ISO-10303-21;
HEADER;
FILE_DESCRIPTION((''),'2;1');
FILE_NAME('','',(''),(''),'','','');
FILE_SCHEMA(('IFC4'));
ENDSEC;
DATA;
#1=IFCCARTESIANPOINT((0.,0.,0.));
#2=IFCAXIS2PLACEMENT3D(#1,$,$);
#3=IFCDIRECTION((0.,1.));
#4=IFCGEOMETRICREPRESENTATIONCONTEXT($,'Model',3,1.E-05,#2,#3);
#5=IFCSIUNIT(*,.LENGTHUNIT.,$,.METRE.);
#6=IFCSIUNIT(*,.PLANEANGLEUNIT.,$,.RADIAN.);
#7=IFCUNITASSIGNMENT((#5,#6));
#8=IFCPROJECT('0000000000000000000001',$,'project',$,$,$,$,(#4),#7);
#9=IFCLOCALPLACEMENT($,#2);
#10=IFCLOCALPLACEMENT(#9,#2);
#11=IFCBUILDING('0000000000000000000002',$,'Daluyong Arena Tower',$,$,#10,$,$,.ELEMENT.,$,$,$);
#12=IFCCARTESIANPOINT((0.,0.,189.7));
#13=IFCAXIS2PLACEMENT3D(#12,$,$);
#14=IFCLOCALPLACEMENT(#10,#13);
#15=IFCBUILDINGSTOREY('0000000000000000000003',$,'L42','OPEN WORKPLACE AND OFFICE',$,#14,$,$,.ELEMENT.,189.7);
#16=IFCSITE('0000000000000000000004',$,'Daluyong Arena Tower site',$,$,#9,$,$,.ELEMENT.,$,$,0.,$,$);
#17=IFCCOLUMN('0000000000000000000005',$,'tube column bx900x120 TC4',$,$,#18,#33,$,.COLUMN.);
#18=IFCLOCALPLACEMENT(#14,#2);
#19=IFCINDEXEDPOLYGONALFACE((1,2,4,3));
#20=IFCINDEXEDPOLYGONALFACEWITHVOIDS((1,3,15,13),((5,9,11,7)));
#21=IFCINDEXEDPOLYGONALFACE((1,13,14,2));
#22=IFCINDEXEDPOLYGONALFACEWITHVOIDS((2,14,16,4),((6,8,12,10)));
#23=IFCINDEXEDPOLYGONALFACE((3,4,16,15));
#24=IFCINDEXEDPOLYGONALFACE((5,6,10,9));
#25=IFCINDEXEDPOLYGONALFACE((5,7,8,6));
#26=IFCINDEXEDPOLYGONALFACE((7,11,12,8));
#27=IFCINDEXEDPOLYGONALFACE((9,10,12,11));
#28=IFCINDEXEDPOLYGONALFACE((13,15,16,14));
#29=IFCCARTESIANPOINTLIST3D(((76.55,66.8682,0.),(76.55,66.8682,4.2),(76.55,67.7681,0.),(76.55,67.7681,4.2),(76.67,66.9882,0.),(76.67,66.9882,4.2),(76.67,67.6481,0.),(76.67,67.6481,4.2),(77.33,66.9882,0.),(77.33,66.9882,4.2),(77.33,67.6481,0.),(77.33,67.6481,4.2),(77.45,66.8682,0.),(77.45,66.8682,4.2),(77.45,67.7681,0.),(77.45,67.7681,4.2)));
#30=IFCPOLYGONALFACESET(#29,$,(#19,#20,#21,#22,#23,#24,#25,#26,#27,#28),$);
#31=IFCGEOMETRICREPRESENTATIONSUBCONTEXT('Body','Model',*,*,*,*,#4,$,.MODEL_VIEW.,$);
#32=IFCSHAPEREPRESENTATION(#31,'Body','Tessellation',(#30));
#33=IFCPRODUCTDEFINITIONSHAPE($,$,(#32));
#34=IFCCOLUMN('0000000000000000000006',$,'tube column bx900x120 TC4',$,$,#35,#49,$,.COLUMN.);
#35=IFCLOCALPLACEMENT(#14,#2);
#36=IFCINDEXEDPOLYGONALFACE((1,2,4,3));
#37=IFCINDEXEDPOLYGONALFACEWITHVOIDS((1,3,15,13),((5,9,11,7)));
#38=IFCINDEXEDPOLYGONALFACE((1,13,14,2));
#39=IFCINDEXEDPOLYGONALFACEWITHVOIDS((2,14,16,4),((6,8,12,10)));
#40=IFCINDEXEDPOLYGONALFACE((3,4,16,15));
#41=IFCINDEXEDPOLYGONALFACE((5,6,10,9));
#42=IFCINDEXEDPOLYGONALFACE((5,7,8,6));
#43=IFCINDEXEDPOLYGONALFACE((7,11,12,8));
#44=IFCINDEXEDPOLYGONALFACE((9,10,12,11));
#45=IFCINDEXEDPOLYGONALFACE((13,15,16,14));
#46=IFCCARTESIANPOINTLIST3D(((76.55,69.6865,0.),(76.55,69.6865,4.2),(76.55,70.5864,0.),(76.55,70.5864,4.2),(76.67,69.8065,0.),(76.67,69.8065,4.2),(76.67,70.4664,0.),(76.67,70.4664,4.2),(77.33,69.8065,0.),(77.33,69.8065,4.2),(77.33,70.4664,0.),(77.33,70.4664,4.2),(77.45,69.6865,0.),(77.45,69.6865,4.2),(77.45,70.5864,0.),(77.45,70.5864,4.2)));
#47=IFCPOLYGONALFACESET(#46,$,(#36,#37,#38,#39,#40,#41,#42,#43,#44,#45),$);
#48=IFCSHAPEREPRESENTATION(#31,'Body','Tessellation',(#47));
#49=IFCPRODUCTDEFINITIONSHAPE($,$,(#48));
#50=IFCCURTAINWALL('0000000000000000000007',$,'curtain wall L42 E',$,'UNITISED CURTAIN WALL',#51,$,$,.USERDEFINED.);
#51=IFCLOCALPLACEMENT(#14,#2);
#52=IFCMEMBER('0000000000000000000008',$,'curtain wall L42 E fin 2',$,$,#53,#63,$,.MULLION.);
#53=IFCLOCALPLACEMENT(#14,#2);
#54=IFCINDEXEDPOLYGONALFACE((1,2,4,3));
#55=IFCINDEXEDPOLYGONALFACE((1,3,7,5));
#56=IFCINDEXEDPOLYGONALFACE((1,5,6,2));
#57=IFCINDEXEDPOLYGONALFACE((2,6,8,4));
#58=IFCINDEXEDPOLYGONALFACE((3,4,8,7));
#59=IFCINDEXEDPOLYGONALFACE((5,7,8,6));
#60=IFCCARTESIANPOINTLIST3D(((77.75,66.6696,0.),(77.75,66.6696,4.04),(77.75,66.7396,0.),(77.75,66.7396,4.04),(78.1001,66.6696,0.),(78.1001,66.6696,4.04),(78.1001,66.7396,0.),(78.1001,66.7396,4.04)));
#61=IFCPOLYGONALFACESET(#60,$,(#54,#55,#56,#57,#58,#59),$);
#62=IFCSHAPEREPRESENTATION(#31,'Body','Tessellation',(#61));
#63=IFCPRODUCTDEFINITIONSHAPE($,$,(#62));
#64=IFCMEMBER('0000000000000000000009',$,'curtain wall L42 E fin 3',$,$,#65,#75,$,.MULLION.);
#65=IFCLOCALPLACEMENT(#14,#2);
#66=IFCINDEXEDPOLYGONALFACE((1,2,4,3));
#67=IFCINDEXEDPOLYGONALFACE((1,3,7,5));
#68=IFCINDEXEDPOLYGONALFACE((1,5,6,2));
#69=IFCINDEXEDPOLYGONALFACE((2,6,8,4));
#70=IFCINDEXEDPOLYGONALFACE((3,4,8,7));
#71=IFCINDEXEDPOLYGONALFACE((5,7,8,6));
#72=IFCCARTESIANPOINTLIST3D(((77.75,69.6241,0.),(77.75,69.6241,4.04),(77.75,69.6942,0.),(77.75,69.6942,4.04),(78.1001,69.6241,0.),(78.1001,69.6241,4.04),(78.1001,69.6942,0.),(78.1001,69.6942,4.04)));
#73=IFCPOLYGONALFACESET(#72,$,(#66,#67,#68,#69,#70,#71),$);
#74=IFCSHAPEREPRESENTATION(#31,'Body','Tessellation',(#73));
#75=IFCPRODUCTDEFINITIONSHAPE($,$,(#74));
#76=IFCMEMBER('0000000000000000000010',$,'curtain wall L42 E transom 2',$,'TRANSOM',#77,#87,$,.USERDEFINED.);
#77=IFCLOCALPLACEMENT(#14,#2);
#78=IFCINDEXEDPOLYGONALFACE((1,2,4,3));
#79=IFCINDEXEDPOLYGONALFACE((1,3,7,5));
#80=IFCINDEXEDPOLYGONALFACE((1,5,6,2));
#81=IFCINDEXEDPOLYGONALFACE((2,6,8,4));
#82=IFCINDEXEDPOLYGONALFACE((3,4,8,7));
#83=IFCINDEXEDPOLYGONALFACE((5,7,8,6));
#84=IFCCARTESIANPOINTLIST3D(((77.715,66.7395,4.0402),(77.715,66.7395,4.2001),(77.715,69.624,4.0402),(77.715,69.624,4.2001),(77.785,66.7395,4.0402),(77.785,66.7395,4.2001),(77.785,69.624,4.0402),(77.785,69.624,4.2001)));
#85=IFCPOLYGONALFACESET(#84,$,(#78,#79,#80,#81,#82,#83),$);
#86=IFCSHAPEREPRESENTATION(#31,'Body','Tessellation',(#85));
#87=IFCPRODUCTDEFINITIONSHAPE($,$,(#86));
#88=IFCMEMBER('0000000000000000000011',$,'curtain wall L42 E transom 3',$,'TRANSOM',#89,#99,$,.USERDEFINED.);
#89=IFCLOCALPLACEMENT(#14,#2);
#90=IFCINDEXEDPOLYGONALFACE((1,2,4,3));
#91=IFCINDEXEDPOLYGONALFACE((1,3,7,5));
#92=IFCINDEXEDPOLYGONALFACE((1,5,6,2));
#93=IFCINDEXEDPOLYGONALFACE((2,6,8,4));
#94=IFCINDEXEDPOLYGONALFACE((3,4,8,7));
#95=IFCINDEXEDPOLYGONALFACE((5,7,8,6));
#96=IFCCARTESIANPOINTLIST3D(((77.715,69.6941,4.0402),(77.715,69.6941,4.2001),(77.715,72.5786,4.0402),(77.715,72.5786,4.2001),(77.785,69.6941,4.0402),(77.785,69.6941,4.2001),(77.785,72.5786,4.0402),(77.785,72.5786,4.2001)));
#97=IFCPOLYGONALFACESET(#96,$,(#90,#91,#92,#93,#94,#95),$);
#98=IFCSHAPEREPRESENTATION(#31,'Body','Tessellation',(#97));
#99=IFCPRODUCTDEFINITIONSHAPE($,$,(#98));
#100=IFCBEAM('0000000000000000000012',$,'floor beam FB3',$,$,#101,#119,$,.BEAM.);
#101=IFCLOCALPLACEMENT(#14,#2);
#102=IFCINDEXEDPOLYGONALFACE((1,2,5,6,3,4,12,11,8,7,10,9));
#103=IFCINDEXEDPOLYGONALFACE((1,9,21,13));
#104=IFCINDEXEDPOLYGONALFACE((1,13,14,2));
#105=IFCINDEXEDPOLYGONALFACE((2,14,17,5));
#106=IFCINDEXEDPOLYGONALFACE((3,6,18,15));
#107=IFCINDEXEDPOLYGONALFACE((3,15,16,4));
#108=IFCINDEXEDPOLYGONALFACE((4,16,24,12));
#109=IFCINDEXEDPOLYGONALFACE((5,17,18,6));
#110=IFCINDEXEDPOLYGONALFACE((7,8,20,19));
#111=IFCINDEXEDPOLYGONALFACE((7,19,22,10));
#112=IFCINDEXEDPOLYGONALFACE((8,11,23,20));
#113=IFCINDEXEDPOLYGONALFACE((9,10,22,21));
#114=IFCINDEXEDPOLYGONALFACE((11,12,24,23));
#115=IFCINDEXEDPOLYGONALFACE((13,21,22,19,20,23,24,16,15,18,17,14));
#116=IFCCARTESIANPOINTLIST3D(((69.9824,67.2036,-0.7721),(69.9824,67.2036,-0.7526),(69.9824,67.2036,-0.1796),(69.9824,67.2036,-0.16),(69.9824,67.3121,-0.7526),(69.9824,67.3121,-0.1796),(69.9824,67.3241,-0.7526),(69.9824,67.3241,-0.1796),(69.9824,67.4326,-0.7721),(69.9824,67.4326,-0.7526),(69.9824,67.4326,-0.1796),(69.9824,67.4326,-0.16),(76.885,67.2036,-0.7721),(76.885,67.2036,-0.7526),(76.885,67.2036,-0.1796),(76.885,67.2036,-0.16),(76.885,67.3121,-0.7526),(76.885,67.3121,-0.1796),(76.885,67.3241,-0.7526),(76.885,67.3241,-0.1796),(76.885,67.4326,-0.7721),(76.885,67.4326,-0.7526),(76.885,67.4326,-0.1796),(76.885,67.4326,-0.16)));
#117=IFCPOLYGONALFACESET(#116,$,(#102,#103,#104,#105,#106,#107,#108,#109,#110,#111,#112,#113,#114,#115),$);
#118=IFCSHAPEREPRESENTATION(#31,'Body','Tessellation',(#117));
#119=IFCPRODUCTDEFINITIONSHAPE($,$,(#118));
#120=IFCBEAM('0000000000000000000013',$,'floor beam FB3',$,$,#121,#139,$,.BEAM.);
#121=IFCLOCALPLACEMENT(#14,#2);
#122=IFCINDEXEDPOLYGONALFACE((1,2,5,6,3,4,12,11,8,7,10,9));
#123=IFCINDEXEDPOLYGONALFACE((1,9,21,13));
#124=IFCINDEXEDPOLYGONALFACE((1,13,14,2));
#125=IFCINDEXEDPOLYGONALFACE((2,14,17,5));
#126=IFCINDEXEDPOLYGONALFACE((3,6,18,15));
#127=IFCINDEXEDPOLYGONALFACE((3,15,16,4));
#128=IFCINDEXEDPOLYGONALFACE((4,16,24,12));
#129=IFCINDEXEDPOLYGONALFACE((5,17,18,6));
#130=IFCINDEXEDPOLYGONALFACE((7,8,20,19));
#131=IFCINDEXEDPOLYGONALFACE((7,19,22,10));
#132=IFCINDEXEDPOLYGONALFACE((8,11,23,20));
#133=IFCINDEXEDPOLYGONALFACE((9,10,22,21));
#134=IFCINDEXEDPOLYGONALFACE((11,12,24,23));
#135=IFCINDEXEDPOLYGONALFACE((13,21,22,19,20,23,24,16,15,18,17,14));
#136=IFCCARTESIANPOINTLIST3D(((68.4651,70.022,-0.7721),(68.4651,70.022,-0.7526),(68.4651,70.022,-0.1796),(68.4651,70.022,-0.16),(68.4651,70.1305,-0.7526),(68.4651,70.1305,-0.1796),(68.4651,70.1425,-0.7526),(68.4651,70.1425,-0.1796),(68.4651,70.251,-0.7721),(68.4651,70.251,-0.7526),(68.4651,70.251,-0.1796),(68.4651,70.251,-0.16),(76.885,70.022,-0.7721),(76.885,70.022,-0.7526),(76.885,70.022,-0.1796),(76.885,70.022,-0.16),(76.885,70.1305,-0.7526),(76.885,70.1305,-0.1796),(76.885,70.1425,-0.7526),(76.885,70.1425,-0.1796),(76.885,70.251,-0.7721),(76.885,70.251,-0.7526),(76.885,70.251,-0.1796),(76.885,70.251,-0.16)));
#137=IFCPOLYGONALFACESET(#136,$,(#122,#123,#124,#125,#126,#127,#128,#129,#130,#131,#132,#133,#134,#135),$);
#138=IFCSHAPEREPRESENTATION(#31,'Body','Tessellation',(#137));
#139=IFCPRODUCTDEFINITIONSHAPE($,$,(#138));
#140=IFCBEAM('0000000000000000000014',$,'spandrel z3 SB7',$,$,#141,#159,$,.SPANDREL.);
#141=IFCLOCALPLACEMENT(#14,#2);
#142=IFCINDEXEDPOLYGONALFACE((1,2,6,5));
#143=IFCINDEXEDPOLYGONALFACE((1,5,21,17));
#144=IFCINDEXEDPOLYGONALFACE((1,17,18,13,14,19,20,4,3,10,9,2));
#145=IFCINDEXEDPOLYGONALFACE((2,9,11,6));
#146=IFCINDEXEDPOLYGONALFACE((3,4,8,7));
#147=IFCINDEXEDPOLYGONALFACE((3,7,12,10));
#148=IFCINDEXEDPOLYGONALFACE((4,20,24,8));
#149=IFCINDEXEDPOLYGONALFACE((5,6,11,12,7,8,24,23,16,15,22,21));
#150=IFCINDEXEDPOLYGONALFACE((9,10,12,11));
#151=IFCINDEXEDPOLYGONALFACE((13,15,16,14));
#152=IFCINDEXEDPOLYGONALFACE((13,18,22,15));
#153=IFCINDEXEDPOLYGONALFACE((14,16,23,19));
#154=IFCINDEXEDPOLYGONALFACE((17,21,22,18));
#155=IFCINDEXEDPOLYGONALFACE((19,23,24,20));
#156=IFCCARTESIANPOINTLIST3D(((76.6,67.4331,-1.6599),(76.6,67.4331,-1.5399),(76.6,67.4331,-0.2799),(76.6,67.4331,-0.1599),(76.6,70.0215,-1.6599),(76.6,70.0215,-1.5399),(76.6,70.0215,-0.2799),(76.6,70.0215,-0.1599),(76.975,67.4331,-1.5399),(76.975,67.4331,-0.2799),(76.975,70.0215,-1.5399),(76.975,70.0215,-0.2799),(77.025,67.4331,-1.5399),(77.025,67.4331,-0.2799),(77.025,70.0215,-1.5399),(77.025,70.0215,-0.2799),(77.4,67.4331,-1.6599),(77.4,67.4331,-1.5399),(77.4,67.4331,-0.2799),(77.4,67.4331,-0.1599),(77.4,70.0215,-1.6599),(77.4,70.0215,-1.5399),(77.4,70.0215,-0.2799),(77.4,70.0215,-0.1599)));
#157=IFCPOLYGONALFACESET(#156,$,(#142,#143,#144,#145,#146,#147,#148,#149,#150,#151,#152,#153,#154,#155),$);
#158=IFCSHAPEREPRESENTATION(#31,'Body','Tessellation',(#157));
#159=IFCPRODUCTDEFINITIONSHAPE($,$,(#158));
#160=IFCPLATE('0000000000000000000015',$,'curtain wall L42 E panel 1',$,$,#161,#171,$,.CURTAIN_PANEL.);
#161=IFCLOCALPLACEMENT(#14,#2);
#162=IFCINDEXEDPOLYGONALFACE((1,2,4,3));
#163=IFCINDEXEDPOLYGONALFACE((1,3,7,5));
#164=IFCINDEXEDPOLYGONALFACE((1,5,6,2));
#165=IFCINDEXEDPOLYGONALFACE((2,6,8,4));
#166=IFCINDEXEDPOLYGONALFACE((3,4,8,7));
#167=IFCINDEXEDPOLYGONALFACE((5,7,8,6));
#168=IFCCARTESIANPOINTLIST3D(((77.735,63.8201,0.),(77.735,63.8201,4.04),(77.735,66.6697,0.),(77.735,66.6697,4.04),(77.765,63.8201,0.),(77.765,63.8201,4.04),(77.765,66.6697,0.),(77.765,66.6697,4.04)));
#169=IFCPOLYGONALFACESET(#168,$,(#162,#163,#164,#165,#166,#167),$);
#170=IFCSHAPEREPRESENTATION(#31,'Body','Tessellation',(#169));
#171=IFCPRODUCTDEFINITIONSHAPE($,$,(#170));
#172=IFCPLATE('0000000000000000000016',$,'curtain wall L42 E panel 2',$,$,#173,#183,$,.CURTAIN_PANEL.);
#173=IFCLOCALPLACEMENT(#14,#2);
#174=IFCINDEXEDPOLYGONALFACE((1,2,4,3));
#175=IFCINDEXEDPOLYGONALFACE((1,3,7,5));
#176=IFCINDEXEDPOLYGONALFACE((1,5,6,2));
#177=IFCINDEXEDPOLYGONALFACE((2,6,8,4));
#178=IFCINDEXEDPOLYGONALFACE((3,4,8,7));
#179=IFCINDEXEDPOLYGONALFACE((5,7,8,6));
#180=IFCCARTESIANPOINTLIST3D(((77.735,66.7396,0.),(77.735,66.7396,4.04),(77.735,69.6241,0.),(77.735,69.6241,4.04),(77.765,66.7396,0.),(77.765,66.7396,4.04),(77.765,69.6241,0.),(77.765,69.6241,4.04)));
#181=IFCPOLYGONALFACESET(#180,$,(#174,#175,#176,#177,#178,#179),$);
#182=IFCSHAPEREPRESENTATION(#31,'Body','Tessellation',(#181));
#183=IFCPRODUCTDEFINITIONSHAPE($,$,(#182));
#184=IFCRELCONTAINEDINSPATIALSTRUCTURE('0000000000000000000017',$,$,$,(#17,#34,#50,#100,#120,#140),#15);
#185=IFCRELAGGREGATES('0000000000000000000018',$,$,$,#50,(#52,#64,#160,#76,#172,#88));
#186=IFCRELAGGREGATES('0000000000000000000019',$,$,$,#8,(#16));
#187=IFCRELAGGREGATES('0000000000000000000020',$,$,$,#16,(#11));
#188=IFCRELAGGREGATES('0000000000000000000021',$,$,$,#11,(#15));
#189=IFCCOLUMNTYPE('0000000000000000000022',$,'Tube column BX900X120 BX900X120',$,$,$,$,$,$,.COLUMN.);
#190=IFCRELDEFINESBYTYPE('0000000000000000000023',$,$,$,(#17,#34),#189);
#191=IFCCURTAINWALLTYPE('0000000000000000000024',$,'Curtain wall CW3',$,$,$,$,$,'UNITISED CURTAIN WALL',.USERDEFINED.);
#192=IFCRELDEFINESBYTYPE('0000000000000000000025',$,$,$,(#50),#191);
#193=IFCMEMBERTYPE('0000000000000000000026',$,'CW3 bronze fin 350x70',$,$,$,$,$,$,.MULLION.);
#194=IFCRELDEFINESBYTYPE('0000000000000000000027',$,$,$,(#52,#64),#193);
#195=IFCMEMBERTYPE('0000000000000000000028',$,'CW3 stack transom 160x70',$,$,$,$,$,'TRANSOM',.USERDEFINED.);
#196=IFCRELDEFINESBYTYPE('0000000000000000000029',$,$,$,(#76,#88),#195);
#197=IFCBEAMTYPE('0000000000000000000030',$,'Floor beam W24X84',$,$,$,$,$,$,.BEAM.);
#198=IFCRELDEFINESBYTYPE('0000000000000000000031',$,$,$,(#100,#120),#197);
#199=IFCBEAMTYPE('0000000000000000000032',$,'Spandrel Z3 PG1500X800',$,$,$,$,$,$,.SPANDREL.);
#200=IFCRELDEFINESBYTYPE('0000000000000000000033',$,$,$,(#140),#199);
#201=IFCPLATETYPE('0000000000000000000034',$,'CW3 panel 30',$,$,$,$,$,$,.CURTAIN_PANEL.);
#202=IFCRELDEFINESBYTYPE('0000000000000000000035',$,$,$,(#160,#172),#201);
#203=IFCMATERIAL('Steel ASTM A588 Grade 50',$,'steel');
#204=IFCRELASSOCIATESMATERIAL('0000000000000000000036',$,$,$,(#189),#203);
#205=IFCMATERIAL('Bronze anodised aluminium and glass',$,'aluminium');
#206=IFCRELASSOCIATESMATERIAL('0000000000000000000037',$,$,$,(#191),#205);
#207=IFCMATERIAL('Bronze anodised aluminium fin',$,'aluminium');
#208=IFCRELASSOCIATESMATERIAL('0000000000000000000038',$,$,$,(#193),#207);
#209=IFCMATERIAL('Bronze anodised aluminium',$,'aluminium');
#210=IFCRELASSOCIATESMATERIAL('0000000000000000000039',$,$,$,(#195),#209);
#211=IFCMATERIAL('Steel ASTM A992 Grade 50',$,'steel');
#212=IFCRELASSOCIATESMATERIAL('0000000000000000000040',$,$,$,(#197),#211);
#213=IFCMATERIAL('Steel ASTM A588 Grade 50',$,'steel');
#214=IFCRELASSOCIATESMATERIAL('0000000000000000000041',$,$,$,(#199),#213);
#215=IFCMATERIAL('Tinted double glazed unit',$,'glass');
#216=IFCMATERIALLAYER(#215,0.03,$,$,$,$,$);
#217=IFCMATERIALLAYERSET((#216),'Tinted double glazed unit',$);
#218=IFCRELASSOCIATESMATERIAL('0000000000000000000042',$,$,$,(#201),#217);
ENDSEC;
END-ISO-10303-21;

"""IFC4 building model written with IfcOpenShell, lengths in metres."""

from ifc_helpers import new_model, si_unit, direction, frame, origin, origin_2d, place, context, subcontext, project, spatial, rectangle, hollow_rectangle, i_section, extrude, material, layer, layer_set, material_profile, profile_set, type_object, element, aggregate, save


model = new_model("IFC4")

# Units and contexts
model_context = context("Model", 3, precision=1e-05, world=origin(), true_north=direction((0.0, 1.0)))
body_context = subcontext(model_context, "Body", "Model", "MODEL_VIEW")
ifc_project = project(units=[si_unit("LENGTHUNIT", "METRE"), si_unit("PLANEANGLEUNIT", "RADIAN")], contexts=[model_context])

# Site, building, storey
site_placement = place(None, origin())
site = spatial("IfcSite", under=ifc_project, at=site_placement, Name="Daluyong Arena Tower site", CompositionType="ELEMENT", RefElevation=0.0)
building_placement = place(site_placement, origin())
building = spatial("IfcBuilding", under=site, at=building_placement, Name="Daluyong Arena Tower", CompositionType="ELEMENT")
storey_placement = place(building_placement, frame((0.0, 0.0, 189.7)))
storey = spatial("IfcBuildingStorey", under=building, at=storey_placement, Name="L42", Description="OPEN WORKPLACE AND OFFICE", CompositionType="ELEMENT", Elevation=189.7)

# Columns
ifc_material_1 = material(Name="Steel ASTM A588 Grade 50", Category="steel")
ifc_material_profile_1 = material_profile(ifc_material_1, hollow_rectangle(XDim=0.8999, YDim=0.8999, WallThickness=0.12, at=origin_2d()))
ifc_profile_set_1 = profile_set([ifc_material_profile_1], Name="Steel ASTM A588 Grade 50")
column_type = type_object("IfcColumnType", Name="Tube column BX900X120 BX900X120", PredefinedType="COLUMN", material=ifc_profile_set_1)
for number, where, z_axis, x_axis, name in (
    (1, (77.0, 67.3181, 0.0), (0.0, 0.0, 1.0), (0.0, 1.0, 0.0), "tube column bx900x120 TC4"),
    (2, (77.0, 70.1365, 0.0), (0.0, 0.0, 1.0), (0.0, 1.0, 0.0), "tube column bx900x120 TC4"),
):
    element("IfcColumn", number, at=place(storey_placement, frame(where, z_axis=z_axis, x_axis=x_axis)), inside=storey, type_object=column_type, Name=name, PredefinedType="COLUMN", context=body_context, shape_type="SweptSolid", body=[
        extrude(hollow_rectangle(XDim=0.8999, YDim=0.8999, WallThickness=0.12, at=origin_2d()), origin(), (0.0, 0.0, 1.0), 4.2),
    ])

# Curtain wall, members
ifc_material_2 = material(Name="Bronze anodised aluminium and glass", Category="aluminium")
curtain_wall_type = type_object("IfcCurtainWallType", Name="Curtain wall CW3", ElementType="UNITISED CURTAIN WALL", PredefinedType="USERDEFINED", material=ifc_material_2)
curtain_wall_placement = place(storey_placement, origin())
curtain_wall = element("IfcCurtainWall", 3, at=curtain_wall_placement, inside=storey, type_object=curtain_wall_type, Name="curtain wall L42 E", ObjectType="UNITISED CURTAIN WALL", PredefinedType="USERDEFINED")
ifc_material_3 = material(Name="Bronze anodised aluminium fin", Category="aluminium")
ifc_material_profile_2 = material_profile(ifc_material_3, rectangle(XDim=0.3501, YDim=0.0701, at=origin_2d()))
ifc_profile_set_2 = profile_set([ifc_material_profile_2], Name="Bronze anodised aluminium fin")
member_type_1 = type_object("IfcMemberType", Name="CW3 bronze fin 350x70", PredefinedType="MULLION", material=ifc_profile_set_2)
member_1_placement = place(storey_placement, frame((77.925, 66.7046, 0.0), z_axis=(0.0, 0.0, 1.0), x_axis=(-1.0, 0.0, 0.0)))
member_1 = element("IfcMember", 4, at=member_1_placement, type_object=member_type_1, Name="curtain wall L42 E fin 2", PredefinedType="MULLION", context=body_context, shape_type="SweptSolid", body=[
    extrude(rectangle(XDim=0.3501, YDim=0.0701, at=origin_2d()), origin(), (0.0, 0.0, 1.0), 4.04),
])
member_2_placement = place(storey_placement, frame((77.925, 69.6592, 0.0), z_axis=(0.0, 0.0, 1.0), x_axis=(-1.0, 0.0, 0.0)))
member_2 = element("IfcMember", 5, at=member_2_placement, type_object=member_type_1, Name="curtain wall L42 E fin 3", PredefinedType="MULLION", context=body_context, shape_type="SweptSolid", body=[
    extrude(rectangle(XDim=0.3501, YDim=0.0701, at=origin_2d()), origin(), (0.0, 0.0, 1.0), 4.04),
])
ifc_material_4 = material(Name="Bronze anodised aluminium", Category="aluminium")
ifc_material_profile_3 = material_profile(ifc_material_4, rectangle(XDim=0.0701, YDim=0.1599, at=origin_2d()))
ifc_profile_set_3 = profile_set([ifc_material_profile_3], Name="Bronze anodised aluminium")
member_type_2 = type_object("IfcMemberType", Name="CW3 stack transom 160x70", ElementType="TRANSOM", PredefinedType="USERDEFINED", material=ifc_profile_set_3)
member_3_placement = place(storey_placement, frame((77.75, 66.7395, 4.1201), z_axis=(0.0, 1.0, 0.0), x_axis=(-1.0, 0.0, 0.0)))
member_3 = element("IfcMember", 6, at=member_3_placement, type_object=member_type_2, Name="curtain wall L42 E transom 2", ObjectType="TRANSOM", PredefinedType="USERDEFINED", context=body_context, shape_type="SweptSolid", body=[
    extrude(rectangle(XDim=0.0701, YDim=0.1599, at=origin_2d()), origin(), (0.0, 0.0, 1.0), 2.8845),
])
member_4_placement = place(storey_placement, frame((77.75, 69.6941, 4.1201), z_axis=(0.0, 1.0, 0.0), x_axis=(-1.0, 0.0, 0.0)))
member_4 = element("IfcMember", 7, at=member_4_placement, type_object=member_type_2, Name="curtain wall L42 E transom 3", ObjectType="TRANSOM", PredefinedType="USERDEFINED", context=body_context, shape_type="SweptSolid", body=[
    extrude(rectangle(XDim=0.0701, YDim=0.1599, at=origin_2d()), origin(), (0.0, 0.0, 1.0), 2.8845),
])

# Beams
ifc_material_5 = material(Name="Steel ASTM A992 Grade 50", Category="steel")
ifc_material_profile_4 = material_profile(ifc_material_5, i_section(OverallWidth=0.229, OverallDepth=0.6121, WebThickness=0.012, FlangeThickness=0.0195, at=origin_2d()))
ifc_profile_set_4 = profile_set([ifc_material_profile_4], Name="Steel ASTM A992 Grade 50")
beam_type_1 = type_object("IfcBeamType", Name="Floor beam W24X84", PredefinedType="BEAM", material=ifc_profile_set_4)
beam_1_placement = place(storey_placement, frame((76.885, 67.3181, -0.4661), z_axis=(-1.0, 0.0, 0.0), x_axis=(0.0, -1.0, 0.0)))
element("IfcBeam", 8, at=beam_1_placement, inside=storey, type_object=beam_type_1, Name="floor beam FB3", PredefinedType="BEAM", context=body_context, shape_type="SweptSolid", body=[
    extrude(i_section(OverallWidth=0.229, OverallDepth=0.6121, WebThickness=0.012, FlangeThickness=0.0195, at=origin_2d()), origin(), (0.0, 0.0, 1.0), 6.9026),
])
beam_2_placement = place(storey_placement, frame((76.885, 70.1365, -0.4661), z_axis=(-1.0, 0.0, 0.0), x_axis=(0.0, -1.0, 0.0)))
element("IfcBeam", 9, at=beam_2_placement, inside=storey, type_object=beam_type_1, Name="floor beam FB3", PredefinedType="BEAM", context=body_context, shape_type="SweptSolid", body=[
    extrude(i_section(OverallWidth=0.229, OverallDepth=0.6121, WebThickness=0.012, FlangeThickness=0.0195, at=origin_2d()), origin(), (0.0, 0.0, 1.0), 8.4199),
])
ifc_material_6 = material(Name="Steel ASTM A588 Grade 50", Category="steel")
ifc_material_profile_5 = material_profile(ifc_material_6, i_section(OverallWidth=0.8, OverallDepth=1.5, WebThickness=0.05, FlangeThickness=0.12, at=origin_2d()))
ifc_profile_set_5 = profile_set([ifc_material_profile_5], Name="Steel ASTM A588 Grade 50")
beam_type_2 = type_object("IfcBeamType", Name="Spandrel Z3 PG1500X800", PredefinedType="SPANDREL", material=ifc_profile_set_5)
beam_3_placement = place(storey_placement, frame((77.0, 67.4331, -0.9099), z_axis=(0.0, 1.0, 0.0), x_axis=(-1.0, 0.0, 0.0)))
element("IfcBeam", 10, at=beam_3_placement, inside=storey, type_object=beam_type_2, Name="spandrel z3 SB7", PredefinedType="SPANDREL", context=body_context, shape_type="SweptSolid", body=[
    extrude(i_section(OverallWidth=0.8, OverallDepth=1.5, WebThickness=0.05, FlangeThickness=0.12, at=origin_2d()), origin(), (0.0, 0.0, 1.0), 2.5884),
])

# Plates
ifc_material_7 = material(Name="Tinted double glazed unit", Category="glass")
ifc_layer_1 = layer(ifc_material_7, 0.03)
ifc_layer_set_1 = layer_set([ifc_layer_1], Name="Tinted double glazed unit")
plate_type = type_object("IfcPlateType", Name="CW3 panel 30", PredefinedType="CURTAIN_PANEL", material=ifc_layer_set_1)
plate_1_placement = place(storey_placement, frame((77.75, 65.2449, 0.0), z_axis=(0.0, 0.0, 1.0), x_axis=(0.0, 1.0, 0.0)))
plate_1 = element("IfcPlate", 11, at=plate_1_placement, type_object=plate_type, Name="curtain wall L42 E panel 1", PredefinedType="CURTAIN_PANEL", context=body_context, shape_type="SweptSolid", body=[
    extrude(rectangle(XDim=2.8496, YDim=0.03, at=origin_2d()), origin(), (0.0, 0.0, 1.0), 4.04),
])
plate_2_placement = place(storey_placement, frame((77.75, 68.1819, 0.0), z_axis=(0.0, 0.0, 1.0), x_axis=(0.0, 1.0, 0.0)))
plate_2 = element("IfcPlate", 12, at=plate_2_placement, type_object=plate_type, Name="curtain wall L42 E panel 2", PredefinedType="CURTAIN_PANEL", context=body_context, shape_type="SweptSolid", body=[
    extrude(rectangle(XDim=2.8845, YDim=0.03, at=origin_2d()), origin(), (0.0, 0.0, 1.0), 4.04),
])
aggregate(curtain_wall, [member_1, member_2, plate_1, member_3, plate_2, member_4])

save(model, "model.ifc")
